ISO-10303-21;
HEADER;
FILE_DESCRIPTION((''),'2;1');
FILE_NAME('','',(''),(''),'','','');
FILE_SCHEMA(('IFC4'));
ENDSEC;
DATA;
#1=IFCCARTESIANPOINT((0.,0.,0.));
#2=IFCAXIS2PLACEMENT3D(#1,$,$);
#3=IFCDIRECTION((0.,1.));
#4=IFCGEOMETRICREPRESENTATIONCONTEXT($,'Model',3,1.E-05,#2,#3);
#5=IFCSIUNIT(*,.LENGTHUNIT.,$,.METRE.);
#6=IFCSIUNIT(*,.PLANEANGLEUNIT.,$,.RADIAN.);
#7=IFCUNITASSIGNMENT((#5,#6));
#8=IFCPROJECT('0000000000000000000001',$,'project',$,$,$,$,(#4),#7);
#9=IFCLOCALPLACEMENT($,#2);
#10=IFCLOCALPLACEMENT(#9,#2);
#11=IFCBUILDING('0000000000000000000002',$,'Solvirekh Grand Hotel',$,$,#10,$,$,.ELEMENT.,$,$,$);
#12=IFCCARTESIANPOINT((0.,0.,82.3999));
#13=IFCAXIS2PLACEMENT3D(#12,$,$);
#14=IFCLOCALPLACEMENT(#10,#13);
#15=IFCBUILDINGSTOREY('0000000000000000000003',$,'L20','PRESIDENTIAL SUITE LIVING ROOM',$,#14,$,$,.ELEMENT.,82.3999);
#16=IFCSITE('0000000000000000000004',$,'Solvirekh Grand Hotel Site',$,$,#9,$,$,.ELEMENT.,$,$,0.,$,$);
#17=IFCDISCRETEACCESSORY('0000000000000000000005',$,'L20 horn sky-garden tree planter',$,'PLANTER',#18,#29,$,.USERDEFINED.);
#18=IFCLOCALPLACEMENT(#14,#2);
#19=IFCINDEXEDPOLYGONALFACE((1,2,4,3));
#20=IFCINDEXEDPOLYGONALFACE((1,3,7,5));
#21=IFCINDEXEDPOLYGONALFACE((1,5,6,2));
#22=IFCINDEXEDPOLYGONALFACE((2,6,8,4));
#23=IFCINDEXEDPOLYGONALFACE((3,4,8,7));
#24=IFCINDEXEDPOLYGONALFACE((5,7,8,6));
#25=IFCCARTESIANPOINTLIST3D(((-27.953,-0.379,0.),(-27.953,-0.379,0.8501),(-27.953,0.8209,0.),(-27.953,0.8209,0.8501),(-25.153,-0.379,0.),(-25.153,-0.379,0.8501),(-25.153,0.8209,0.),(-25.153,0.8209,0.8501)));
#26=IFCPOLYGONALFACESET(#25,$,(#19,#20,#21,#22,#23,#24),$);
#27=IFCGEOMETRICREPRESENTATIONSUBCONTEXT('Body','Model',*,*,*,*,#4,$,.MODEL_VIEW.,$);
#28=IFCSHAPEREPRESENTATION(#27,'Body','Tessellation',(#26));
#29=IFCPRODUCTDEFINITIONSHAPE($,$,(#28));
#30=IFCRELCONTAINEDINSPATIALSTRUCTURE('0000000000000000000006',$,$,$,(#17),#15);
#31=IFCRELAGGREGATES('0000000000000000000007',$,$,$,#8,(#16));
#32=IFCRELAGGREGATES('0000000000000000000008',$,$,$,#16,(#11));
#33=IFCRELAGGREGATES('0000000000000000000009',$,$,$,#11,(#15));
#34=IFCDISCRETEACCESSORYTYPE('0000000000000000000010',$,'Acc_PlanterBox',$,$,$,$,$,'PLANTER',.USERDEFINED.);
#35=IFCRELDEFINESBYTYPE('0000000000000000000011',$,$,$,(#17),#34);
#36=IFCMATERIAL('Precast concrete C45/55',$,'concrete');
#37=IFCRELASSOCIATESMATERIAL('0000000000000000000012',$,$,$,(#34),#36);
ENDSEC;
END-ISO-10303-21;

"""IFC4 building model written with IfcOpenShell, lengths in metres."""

from ifc_helpers import new_model, si_unit, direction, frame, origin, origin_2d, place, context, subcontext, project, spatial, rectangle, extrude, material, type_object, element, save


model = new_model("IFC4")

# Units and contexts
model_context = context("Model", 3, precision=1e-05, world=origin(), true_north=direction((0.0, 1.0)))
body_context = subcontext(model_context, "Body", "Model", "MODEL_VIEW")
ifc_project = project(units=[si_unit("LENGTHUNIT", "METRE"), si_unit("PLANEANGLEUNIT", "RADIAN")], contexts=[model_context])

# Site, building, storey
site_placement = place(None, origin())
site = spatial("IfcSite", under=ifc_project, at=site_placement, Name="Solvirekh Grand Hotel Site", CompositionType="ELEMENT", RefElevation=0.0)
building_placement = place(site_placement, origin())
building = spatial("IfcBuilding", under=site, at=building_placement, Name="Solvirekh Grand Hotel", CompositionType="ELEMENT")
storey_placement = place(building_placement, frame((0.0, 0.0, 82.3999)))
storey = spatial("IfcBuildingStorey", under=building, at=storey_placement, Name="L20", Description="PRESIDENTIAL SUITE LIVING ROOM", CompositionType="ELEMENT", Elevation=82.3999)

# Shared definitions
ifc_material_1 = material(Name="Precast concrete C45/55", Category="concrete")

# Discrete accessory
discrete_accessory_type = type_object("IfcDiscreteAccessoryType", Name="Acc_PlanterBox", ElementType="PLANTER", PredefinedType="USERDEFINED", material=ifc_material_1)
discrete_accessory_placement = place(storey_placement, frame((-26.553, 0.2209, 0.0), z_axis=(0.0, 0.0, 1.0), x_axis=(0.0, 1.0, 0.0)))
element("IfcDiscreteAccessory", 1, at=discrete_accessory_placement, inside=storey, type_object=discrete_accessory_type, Name="L20 horn sky-garden tree planter", ObjectType="PLANTER", PredefinedType="USERDEFINED", context=body_context, shape_type="SweptSolid", body=[
    extrude(rectangle(XDim=1.2, YDim=2.8, at=origin_2d()), origin(), (0.0, 0.0, 1.0), 0.8501),
])

save(model, "model.ifc")
